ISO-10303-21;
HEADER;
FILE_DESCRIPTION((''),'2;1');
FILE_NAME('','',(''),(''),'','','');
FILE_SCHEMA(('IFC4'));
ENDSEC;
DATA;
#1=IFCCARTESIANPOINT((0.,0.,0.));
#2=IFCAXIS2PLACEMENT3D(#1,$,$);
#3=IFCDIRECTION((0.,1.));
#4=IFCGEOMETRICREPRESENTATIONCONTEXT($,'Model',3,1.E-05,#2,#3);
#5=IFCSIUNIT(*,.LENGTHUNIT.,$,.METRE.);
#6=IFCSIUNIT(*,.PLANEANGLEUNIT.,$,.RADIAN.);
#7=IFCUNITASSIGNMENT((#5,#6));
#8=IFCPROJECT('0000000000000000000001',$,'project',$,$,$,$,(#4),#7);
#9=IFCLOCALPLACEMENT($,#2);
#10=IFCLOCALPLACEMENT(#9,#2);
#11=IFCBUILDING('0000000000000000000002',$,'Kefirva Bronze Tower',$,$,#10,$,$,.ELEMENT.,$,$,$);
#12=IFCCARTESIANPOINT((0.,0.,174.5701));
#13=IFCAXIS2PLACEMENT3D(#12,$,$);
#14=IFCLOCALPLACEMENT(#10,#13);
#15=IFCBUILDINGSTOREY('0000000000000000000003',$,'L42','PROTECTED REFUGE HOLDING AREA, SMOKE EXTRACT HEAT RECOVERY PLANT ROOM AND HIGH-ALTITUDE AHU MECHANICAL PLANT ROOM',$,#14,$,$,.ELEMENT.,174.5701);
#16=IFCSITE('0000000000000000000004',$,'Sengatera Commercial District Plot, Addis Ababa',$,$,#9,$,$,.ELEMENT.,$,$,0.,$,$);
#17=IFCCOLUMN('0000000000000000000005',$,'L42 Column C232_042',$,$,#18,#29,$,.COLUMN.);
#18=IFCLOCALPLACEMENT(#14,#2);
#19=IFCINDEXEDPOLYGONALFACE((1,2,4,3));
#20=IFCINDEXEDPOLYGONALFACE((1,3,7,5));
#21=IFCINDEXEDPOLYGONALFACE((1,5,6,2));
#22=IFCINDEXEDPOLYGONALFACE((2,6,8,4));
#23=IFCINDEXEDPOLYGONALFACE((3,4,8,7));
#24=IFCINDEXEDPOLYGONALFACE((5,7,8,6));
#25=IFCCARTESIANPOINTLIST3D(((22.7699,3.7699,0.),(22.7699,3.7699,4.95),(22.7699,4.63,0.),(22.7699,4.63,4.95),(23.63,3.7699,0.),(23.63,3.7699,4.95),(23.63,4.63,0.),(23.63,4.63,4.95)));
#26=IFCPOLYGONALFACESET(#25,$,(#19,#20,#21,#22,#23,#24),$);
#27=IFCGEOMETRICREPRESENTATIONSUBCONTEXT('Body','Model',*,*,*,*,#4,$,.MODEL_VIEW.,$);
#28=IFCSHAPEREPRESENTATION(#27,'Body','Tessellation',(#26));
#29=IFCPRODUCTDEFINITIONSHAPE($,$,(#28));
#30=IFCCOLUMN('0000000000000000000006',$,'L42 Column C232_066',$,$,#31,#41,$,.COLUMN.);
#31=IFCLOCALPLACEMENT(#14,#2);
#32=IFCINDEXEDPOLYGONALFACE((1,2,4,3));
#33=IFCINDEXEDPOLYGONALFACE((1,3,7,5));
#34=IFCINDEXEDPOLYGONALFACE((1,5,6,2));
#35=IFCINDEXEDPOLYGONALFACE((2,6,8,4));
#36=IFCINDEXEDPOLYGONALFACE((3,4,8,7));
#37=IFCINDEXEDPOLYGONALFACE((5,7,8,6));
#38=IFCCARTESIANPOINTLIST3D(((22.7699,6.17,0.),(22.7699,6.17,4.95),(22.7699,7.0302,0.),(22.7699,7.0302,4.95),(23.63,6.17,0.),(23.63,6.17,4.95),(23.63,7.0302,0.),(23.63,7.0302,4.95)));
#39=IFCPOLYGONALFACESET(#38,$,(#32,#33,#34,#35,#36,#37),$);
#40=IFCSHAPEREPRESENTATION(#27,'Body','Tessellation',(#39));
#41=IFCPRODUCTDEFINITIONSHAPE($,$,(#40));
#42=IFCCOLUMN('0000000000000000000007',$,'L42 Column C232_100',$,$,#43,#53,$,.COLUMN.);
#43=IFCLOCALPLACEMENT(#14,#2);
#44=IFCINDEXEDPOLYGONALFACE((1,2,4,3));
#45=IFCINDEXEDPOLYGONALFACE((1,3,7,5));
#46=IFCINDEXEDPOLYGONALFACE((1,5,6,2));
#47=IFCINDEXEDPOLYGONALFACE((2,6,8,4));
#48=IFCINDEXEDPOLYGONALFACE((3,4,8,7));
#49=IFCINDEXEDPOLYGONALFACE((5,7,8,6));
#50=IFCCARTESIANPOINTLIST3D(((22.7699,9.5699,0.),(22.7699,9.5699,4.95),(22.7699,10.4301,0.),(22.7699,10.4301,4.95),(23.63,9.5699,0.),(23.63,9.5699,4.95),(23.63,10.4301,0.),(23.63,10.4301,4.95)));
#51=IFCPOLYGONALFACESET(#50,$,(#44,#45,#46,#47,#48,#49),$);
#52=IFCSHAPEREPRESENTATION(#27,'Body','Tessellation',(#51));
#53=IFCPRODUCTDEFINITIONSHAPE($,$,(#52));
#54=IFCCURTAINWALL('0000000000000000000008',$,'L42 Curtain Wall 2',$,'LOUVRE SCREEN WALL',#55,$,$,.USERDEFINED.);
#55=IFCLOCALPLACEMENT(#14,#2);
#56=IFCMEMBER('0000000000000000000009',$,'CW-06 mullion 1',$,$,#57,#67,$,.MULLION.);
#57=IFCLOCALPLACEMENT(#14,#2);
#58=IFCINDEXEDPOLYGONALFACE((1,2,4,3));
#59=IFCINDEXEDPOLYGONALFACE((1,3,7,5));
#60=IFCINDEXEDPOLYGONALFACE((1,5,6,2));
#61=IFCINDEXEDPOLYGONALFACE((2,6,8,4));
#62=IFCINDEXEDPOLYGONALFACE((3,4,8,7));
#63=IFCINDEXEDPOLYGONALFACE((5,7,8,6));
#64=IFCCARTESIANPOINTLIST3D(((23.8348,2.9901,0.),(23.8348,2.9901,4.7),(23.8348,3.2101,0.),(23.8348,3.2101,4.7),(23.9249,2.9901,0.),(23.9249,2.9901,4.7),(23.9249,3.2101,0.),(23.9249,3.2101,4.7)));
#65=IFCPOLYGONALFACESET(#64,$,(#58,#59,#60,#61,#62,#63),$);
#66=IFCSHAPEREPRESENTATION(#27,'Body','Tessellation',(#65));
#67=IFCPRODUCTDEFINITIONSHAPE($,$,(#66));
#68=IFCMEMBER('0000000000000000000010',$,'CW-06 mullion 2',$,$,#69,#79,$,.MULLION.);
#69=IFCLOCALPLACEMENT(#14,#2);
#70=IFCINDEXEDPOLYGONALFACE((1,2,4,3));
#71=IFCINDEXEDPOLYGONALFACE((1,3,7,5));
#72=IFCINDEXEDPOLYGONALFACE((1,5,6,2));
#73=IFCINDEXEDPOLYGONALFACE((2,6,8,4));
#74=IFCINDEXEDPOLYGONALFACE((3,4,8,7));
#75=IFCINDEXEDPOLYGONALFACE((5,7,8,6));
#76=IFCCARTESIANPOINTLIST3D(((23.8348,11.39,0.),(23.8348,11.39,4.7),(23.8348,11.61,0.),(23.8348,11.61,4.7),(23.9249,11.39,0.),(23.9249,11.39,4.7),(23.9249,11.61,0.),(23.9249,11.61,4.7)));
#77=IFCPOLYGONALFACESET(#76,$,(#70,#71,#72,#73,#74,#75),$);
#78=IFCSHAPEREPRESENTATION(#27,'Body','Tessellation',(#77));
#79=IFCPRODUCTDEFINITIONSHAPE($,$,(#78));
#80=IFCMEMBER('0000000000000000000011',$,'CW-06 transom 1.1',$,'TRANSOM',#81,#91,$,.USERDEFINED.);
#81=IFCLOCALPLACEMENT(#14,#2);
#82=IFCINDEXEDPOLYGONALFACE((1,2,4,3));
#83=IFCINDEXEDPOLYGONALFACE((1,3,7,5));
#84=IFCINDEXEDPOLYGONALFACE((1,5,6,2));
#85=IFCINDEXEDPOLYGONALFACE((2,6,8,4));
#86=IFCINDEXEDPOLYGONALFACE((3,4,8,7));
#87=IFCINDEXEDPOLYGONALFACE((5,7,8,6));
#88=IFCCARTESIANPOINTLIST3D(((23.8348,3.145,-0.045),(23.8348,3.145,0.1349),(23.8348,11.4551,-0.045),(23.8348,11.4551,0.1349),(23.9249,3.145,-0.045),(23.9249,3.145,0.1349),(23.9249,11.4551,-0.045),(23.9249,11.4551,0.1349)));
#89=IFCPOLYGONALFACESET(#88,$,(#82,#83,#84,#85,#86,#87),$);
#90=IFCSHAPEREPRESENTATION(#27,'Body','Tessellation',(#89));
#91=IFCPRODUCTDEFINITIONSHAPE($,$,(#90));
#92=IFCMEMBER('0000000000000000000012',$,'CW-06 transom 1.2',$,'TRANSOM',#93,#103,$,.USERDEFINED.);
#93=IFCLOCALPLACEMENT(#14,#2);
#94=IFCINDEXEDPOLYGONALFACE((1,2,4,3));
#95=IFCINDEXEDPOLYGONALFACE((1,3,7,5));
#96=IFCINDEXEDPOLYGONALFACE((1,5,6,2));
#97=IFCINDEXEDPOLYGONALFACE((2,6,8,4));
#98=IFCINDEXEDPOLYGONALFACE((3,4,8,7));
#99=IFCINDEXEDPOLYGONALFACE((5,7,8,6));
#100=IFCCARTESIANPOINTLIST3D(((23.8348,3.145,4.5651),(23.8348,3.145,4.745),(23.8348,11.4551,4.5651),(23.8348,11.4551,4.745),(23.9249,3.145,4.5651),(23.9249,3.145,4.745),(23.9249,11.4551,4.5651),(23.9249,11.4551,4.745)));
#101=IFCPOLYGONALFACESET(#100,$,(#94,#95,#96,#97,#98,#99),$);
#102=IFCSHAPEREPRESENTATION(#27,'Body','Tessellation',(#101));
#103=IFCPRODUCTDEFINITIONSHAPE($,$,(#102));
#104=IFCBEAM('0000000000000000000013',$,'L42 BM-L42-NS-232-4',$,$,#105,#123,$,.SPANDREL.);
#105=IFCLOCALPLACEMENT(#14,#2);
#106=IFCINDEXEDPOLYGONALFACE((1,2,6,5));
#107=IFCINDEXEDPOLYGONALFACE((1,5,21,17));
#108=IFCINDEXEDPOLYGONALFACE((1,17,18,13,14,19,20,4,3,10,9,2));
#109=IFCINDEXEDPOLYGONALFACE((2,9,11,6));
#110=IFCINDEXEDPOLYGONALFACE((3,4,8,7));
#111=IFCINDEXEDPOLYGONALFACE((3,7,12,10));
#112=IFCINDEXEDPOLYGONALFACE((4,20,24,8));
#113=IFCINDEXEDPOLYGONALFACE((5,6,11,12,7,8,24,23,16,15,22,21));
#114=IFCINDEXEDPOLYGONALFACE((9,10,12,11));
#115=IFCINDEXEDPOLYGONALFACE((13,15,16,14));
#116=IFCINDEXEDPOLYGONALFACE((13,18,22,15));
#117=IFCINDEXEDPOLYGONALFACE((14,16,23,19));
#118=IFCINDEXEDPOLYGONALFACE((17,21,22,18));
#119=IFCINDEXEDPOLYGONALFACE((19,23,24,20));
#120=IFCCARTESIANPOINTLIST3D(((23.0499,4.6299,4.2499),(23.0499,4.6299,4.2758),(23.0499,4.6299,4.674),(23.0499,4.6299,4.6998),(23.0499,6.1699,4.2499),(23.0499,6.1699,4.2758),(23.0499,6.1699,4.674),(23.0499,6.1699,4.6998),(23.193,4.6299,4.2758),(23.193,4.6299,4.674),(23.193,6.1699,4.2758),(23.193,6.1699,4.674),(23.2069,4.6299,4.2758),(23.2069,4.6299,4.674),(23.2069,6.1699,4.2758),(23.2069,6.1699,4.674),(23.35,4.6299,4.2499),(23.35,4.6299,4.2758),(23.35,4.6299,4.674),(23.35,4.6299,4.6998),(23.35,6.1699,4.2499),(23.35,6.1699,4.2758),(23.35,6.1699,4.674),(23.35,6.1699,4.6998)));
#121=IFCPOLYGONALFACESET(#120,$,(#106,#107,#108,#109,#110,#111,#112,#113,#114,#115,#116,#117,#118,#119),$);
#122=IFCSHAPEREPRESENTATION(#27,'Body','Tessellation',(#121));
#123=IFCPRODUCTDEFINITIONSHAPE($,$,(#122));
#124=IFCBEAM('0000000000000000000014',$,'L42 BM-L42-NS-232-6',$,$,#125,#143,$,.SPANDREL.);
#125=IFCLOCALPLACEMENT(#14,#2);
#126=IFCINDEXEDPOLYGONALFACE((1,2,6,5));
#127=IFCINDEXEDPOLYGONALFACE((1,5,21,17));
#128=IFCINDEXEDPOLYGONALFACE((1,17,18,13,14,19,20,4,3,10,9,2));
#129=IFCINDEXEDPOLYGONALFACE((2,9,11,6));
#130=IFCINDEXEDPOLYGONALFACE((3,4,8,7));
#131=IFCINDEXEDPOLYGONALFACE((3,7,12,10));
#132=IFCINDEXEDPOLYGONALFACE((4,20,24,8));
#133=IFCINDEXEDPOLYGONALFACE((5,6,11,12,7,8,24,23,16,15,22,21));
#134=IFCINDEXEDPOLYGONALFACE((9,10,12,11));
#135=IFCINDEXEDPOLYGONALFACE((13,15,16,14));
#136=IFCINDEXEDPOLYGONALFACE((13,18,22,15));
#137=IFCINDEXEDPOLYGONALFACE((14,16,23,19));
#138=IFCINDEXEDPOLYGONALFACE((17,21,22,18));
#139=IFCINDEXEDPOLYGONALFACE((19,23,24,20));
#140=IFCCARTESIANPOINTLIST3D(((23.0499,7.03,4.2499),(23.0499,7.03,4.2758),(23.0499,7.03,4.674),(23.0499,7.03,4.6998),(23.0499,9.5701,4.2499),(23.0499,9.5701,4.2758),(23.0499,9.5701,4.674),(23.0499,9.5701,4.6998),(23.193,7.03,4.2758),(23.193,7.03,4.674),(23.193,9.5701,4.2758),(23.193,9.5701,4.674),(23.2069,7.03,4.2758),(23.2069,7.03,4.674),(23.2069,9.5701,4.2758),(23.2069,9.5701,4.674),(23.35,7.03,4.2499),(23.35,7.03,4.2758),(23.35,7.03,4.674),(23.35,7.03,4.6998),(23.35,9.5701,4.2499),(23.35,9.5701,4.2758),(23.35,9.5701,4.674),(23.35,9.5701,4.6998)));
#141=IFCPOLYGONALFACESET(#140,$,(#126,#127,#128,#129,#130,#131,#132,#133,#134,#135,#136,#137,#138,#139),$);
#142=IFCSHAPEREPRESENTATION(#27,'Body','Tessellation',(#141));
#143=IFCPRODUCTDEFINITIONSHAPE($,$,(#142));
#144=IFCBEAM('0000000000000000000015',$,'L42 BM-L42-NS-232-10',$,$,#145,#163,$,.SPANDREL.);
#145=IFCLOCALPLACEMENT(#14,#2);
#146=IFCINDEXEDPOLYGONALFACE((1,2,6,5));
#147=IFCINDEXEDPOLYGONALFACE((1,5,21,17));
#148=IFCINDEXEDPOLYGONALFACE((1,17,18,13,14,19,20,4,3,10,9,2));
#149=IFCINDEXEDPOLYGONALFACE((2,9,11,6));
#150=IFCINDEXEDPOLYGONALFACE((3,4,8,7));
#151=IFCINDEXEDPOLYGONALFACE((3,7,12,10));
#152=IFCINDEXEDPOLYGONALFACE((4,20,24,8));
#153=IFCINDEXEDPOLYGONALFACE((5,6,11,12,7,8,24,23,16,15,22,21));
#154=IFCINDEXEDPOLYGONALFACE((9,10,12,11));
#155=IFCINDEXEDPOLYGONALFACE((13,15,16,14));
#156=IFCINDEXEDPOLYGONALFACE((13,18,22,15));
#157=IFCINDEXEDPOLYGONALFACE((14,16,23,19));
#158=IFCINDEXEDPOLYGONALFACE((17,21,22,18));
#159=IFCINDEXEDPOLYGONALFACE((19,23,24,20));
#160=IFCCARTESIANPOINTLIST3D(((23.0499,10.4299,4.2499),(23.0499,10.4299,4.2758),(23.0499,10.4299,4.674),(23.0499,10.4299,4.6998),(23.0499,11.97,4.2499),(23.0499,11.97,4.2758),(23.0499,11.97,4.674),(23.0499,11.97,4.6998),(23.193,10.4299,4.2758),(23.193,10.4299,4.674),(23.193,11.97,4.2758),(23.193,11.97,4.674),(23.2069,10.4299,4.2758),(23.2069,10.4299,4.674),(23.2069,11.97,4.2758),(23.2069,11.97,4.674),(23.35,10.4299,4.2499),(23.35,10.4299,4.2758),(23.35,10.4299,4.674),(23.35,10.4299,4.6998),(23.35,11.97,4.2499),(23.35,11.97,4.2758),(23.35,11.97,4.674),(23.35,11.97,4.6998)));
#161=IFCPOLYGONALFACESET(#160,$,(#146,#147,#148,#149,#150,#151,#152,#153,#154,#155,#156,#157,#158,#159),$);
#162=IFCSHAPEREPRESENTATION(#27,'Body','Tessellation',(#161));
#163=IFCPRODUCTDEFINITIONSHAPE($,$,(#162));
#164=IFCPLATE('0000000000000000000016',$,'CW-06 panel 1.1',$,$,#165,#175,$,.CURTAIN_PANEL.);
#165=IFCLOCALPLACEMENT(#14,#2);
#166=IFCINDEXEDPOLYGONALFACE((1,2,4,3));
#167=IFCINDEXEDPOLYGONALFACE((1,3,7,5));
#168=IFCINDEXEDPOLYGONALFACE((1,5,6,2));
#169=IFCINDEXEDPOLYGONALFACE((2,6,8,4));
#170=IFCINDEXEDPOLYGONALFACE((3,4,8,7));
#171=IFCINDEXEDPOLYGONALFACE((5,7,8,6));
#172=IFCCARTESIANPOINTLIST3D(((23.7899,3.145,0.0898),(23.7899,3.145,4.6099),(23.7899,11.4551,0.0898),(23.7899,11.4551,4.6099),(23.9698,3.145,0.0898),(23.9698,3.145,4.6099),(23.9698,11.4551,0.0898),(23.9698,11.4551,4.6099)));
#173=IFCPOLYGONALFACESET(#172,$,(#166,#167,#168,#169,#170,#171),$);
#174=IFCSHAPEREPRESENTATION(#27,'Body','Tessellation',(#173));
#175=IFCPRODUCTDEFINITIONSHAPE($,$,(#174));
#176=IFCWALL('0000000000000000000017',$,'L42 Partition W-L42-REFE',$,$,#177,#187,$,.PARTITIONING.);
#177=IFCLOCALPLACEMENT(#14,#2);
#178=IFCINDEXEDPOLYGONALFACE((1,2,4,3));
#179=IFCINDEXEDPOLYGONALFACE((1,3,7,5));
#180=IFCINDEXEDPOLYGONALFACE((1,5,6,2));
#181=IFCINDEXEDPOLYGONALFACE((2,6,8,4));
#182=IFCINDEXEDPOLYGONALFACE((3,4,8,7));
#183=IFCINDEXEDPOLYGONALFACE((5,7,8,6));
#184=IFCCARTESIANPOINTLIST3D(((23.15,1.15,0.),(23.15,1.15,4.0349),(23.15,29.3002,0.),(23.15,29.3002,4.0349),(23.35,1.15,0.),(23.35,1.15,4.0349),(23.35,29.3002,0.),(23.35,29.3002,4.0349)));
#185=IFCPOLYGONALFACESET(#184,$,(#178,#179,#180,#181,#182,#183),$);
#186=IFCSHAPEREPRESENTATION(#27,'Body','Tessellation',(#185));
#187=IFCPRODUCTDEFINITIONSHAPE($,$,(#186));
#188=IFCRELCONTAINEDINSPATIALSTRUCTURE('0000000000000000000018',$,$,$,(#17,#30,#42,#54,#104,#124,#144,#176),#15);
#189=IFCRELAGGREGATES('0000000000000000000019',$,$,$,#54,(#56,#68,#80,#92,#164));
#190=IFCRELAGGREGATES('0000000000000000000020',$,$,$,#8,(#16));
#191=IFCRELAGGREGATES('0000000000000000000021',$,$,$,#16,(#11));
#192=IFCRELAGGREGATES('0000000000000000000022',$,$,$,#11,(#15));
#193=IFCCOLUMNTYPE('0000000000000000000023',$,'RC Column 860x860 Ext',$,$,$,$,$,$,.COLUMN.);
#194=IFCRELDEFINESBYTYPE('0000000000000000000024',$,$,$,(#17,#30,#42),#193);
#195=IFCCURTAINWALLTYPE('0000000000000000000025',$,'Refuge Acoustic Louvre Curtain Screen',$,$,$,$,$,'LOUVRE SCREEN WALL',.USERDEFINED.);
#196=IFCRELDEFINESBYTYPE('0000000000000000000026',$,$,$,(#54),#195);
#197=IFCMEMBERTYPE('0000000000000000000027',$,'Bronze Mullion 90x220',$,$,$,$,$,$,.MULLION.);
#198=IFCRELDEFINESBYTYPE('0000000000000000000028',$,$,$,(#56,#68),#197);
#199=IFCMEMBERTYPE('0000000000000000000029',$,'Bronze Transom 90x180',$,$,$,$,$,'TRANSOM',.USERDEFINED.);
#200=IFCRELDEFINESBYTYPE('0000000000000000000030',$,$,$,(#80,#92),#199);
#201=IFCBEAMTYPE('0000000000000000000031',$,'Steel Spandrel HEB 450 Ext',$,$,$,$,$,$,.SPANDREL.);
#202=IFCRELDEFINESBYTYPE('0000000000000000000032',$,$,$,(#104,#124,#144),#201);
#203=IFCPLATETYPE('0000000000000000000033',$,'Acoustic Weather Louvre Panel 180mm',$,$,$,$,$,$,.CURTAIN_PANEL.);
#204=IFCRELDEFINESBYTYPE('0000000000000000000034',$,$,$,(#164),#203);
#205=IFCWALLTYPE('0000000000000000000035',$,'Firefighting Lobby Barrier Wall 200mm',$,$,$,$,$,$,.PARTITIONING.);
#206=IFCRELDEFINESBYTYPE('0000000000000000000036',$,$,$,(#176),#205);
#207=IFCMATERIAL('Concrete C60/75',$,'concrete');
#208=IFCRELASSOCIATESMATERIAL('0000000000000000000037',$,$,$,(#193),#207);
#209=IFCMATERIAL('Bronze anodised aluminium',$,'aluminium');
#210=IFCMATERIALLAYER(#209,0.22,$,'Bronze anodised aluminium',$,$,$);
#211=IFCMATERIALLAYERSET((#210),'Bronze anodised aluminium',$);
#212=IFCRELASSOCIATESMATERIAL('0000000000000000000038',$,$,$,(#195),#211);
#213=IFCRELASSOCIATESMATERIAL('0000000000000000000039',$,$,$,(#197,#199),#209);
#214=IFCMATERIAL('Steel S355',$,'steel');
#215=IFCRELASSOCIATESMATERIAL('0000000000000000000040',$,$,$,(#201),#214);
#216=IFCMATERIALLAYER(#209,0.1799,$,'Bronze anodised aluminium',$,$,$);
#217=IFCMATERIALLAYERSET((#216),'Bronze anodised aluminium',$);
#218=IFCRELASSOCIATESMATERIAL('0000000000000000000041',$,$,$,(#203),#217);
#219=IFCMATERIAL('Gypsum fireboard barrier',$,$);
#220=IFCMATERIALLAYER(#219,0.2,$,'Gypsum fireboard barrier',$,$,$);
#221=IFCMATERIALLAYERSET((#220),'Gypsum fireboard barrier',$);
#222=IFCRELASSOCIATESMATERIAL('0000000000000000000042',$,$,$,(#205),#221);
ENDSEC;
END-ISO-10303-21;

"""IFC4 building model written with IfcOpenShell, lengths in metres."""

from ifc_helpers import new_model, si_unit, direction, frame, frame_2d, origin, origin_2d, place, context, subcontext, project, spatial, rectangle, i_section, extrude, material, layer, layer_set, material_profile, profile_set, type_object, element, aggregate, save


model = new_model("IFC4")

# Units and contexts
model_context = context("Model", 3, precision=1e-05, world=origin(), true_north=direction((0.0, 1.0)))
body_context = subcontext(model_context, "Body", "Model", "MODEL_VIEW")
ifc_project = project(units=[si_unit("LENGTHUNIT", "METRE"), si_unit("PLANEANGLEUNIT", "RADIAN")], contexts=[model_context])

# Site, building, storey
site_placement = place(None, origin())
site = spatial("IfcSite", under=ifc_project, at=site_placement, Name="Sengatera Commercial District Plot, Addis Ababa", CompositionType="ELEMENT", RefElevation=0.0)
building_placement = place(site_placement, origin())
building = spatial("IfcBuilding", under=site, at=building_placement, Name="Kefirva Bronze Tower", CompositionType="ELEMENT")
storey_placement = place(building_placement, frame((0.0, 0.0, 174.5701)))
storey = spatial("IfcBuildingStorey", under=building, at=storey_placement, Name="L42", Description="PROTECTED REFUGE HOLDING AREA, SMOKE EXTRACT HEAT RECOVERY PLANT ROOM AND HIGH-ALTITUDE AHU MECHANICAL PLANT ROOM", CompositionType="ELEMENT", Elevation=174.5701)

# Columns
ifc_material_1 = material(Name="Concrete C60/75", Category="concrete")
ifc_material_profile_1 = material_profile(ifc_material_1, rectangle(XDim=0.8601, YDim=0.8601, at=origin_2d()), Name="RC 860x860")
ifc_profile_set_1 = profile_set([ifc_material_profile_1], Name="Concrete C60/75")
column_type = type_object("IfcColumnType", Name="RC Column 860x860 Ext", PredefinedType="COLUMN", material=ifc_profile_set_1)
for number, where, z_axis, x_axis, name in (
    (1, (23.2, 4.2, 0.0), (0.0, 0.0, 1.0), (1.0, 0.0, 0.0), "L42 Column C232_042"),
    (2, (23.2, 6.6001, 0.0), (0.0, 0.0, 1.0), (1.0, 0.0, 0.0), "L42 Column C232_066"),
    (3, (23.2, 10.0, 0.0), (0.0, 0.0, 1.0), (1.0, 0.0, 0.0), "L42 Column C232_100"),
):
    element("IfcColumn", number, at=place(storey_placement, frame(where, z_axis=z_axis, x_axis=x_axis)), inside=storey, type_object=column_type, Name=name, PredefinedType="COLUMN", context=body_context, shape_type="SweptSolid", body=[
        extrude(rectangle(XDim=0.8601, YDim=0.8601, at=origin_2d()), origin(), (0.0, 0.0, 1.0), 4.95),
    ])

# Curtain wall, members
ifc_material_2 = material(Name="Bronze anodised aluminium", Category="aluminium")
ifc_layer_1 = layer(ifc_material_2, 0.22, Name="Bronze anodised aluminium")
ifc_layer_set_1 = layer_set([ifc_layer_1], Name="Bronze anodised aluminium")
curtain_wall_type = type_object("IfcCurtainWallType", Name="Refuge Acoustic Louvre Curtain Screen", ElementType="LOUVRE SCREEN WALL", PredefinedType="USERDEFINED", material=ifc_layer_set_1)
curtain_wall_placement = place(storey_placement, origin())
curtain_wall = element("IfcCurtainWall", 4, at=curtain_wall_placement, inside=storey, type_object=curtain_wall_type, Name="L42 Curtain Wall 2", ObjectType="LOUVRE SCREEN WALL", PredefinedType="USERDEFINED")
ifc_material_profile_2 = material_profile(ifc_material_2, rectangle(XDim=0.0901, YDim=0.22, at=origin_2d()), Name="ALU 90x220")
ifc_profile_set_2 = profile_set([ifc_material_profile_2], Name="Bronze anodised aluminium")
member_type_1 = type_object("IfcMemberType", Name="Bronze Mullion 90x220", PredefinedType="MULLION", material=ifc_profile_set_2)
member_1_placement = place(storey_placement, frame((23.8799, 3.1001, 0.0), z_axis=(0.0, 0.0, 1.0), x_axis=(-1.0, 0.0, 0.0)))
member_1 = element("IfcMember", 5, at=member_1_placement, type_object=member_type_1, Name="CW-06 mullion 1", PredefinedType="MULLION", context=body_context, shape_type="SweptSolid", body=[
    extrude(rectangle(XDim=0.0901, YDim=0.22, at=origin_2d()), origin(), (0.0, 0.0, 1.0), 4.7),
])
member_2_placement = place(storey_placement, frame((23.8799, 11.5, 0.0), z_axis=(0.0, 0.0, 1.0), x_axis=(-1.0, 0.0, 0.0)))
member_2 = element("IfcMember", 6, at=member_2_placement, type_object=member_type_1, Name="CW-06 mullion 2", PredefinedType="MULLION", context=body_context, shape_type="SweptSolid", body=[
    extrude(rectangle(XDim=0.0901, YDim=0.22, at=origin_2d()), origin(), (0.0, 0.0, 1.0), 4.7),
])
ifc_material_profile_3 = material_profile(ifc_material_2, rectangle(XDim=0.0901, YDim=0.1799, at=origin_2d()), Name="ALU 90x180")
ifc_profile_set_3 = profile_set([ifc_material_profile_3], Name="Bronze anodised aluminium")
member_type_2 = type_object("IfcMemberType", Name="Bronze Transom 90x180", ElementType="TRANSOM", PredefinedType="USERDEFINED", material=ifc_profile_set_3)
member_3_placement = place(storey_placement, frame((23.8799, 3.145, 0.0449), z_axis=(0.0, 1.0, 0.0), x_axis=(-1.0, 0.0, 0.0)))
member_3 = element("IfcMember", 7, at=member_3_placement, type_object=member_type_2, Name="CW-06 transom 1.1", ObjectType="TRANSOM", PredefinedType="USERDEFINED", context=body_context, shape_type="SweptSolid", body=[
    extrude(rectangle(XDim=0.0901, YDim=0.1799, at=origin_2d()), origin(), (0.0, 0.0, 1.0), 8.3101),
])
member_4_placement = place(storey_placement, frame((23.8799, 3.145, 4.655), z_axis=(0.0, 1.0, 0.0), x_axis=(-1.0, 0.0, 0.0)))
member_4 = element("IfcMember", 8, at=member_4_placement, type_object=member_type_2, Name="CW-06 transom 1.2", ObjectType="TRANSOM", PredefinedType="USERDEFINED", context=body_context, shape_type="SweptSolid", body=[
    extrude(rectangle(XDim=0.0901, YDim=0.1799, at=origin_2d()), origin(), (0.0, 0.0, 1.0), 8.3101),
])

# Beams
ifc_material_3 = material(Name="Steel S355", Category="steel")
ifc_material_profile_4 = material_profile(ifc_material_3, i_section(OverallWidth=0.3, OverallDepth=0.45, WebThickness=0.0139, FlangeThickness=0.0259, at=origin_2d()), Name="HEB 450")
ifc_profile_set_4 = profile_set([ifc_material_profile_4], Name="Steel S355")
beam_type = type_object("IfcBeamType", Name="Steel Spandrel HEB 450 Ext", PredefinedType="SPANDREL", material=ifc_profile_set_4)
beam_1_placement = place(storey_placement, frame((23.2, 4.6299, 4.4749), z_axis=(0.0, 1.0, 0.0), x_axis=(-1.0, 0.0, 0.0)))
element("IfcBeam", 9, at=beam_1_placement, inside=storey, type_object=beam_type, Name="L42 BM-L42-NS-232-4", PredefinedType="SPANDREL", context=body_context, shape_type="SweptSolid", body=[
    extrude(i_section(OverallWidth=0.3, OverallDepth=0.45, WebThickness=0.0139, FlangeThickness=0.0259, at=origin_2d()), origin(), (0.0, 0.0, 1.0), 1.54),
])
beam_2_placement = place(storey_placement, frame((23.2, 7.03, 4.4749), z_axis=(0.0, 1.0, 0.0), x_axis=(-1.0, 0.0, 0.0)))
element("IfcBeam", 10, at=beam_2_placement, inside=storey, type_object=beam_type, Name="L42 BM-L42-NS-232-6", PredefinedType="SPANDREL", context=body_context, shape_type="SweptSolid", body=[
    extrude(i_section(OverallWidth=0.3, OverallDepth=0.45, WebThickness=0.0139, FlangeThickness=0.0259, at=origin_2d()), origin(), (0.0, 0.0, 1.0), 2.54),
])
beam_3_placement = place(storey_placement, frame((23.2, 10.4299, 4.4749), z_axis=(0.0, 1.0, 0.0), x_axis=(-1.0, 0.0, 0.0)))
element("IfcBeam", 11, at=beam_3_placement, inside=storey, type_object=beam_type, Name="L42 BM-L42-NS-232-10", PredefinedType="SPANDREL", context=body_context, shape_type="SweptSolid", body=[
    extrude(i_section(OverallWidth=0.3, OverallDepth=0.45, WebThickness=0.0139, FlangeThickness=0.0259, at=origin_2d()), origin(), (0.0, 0.0, 1.0), 1.54),
])

# Plate
ifc_layer_2 = layer(ifc_material_2, 0.1799, Name="Bronze anodised aluminium")
ifc_layer_set_2 = layer_set([ifc_layer_2], Name="Bronze anodised aluminium")
plate_type = type_object("IfcPlateType", Name="Acoustic Weather Louvre Panel 180mm", PredefinedType="CURTAIN_PANEL", material=ifc_layer_set_2)
plate_placement = place(storey_placement, frame((23.8799, 7.3, 0.0898), z_axis=(0.0, 0.0, 1.0), x_axis=(0.0, 1.0, 0.0)))
plate = element("IfcPlate", 12, at=plate_placement, type_object=plate_type, Name="CW-06 panel 1.1", PredefinedType="CURTAIN_PANEL", context=body_context, shape_type="SweptSolid", body=[
    extrude(rectangle(XDim=8.3101, YDim=0.1799, at=origin_2d()), origin(), (0.0, 0.0, 1.0), 4.52),
])
aggregate(curtain_wall, [member_1, member_2, member_3, member_4, plate])

# Wall
ifc_material_4 = material(Name="Gypsum fireboard barrier")
ifc_layer_3 = layer(ifc_material_4, 0.2, Name="Gypsum fireboard barrier")
ifc_layer_set_3 = layer_set([ifc_layer_3], Name="Gypsum fireboard barrier")
wall_type_1 = type_object("IfcWallType", Name="Firefighting Lobby Barrier Wall 200mm", PredefinedType="PARTITIONING", material=ifc_layer_set_3)
wall_1_placement = place(storey_placement, frame((23.25, 1.1499, 0.0), z_axis=(0.0, 0.0, 1.0), x_axis=(0.0, 1.0, 0.0)))
element("IfcWall", 13, at=wall_1_placement, inside=storey, type_object=wall_type_1, Name="L42 Partition W-L42-REFE", PredefinedType="PARTITIONING", context=body_context, shape_type="SweptSolid", body=[
    extrude(rectangle(XDim=28.1501, YDim=0.2, at=frame_2d((14.0752, 0.0))), origin(), (0.0, 0.0, 1.0), 4.0349),
])

save(model, "model.ifc")
